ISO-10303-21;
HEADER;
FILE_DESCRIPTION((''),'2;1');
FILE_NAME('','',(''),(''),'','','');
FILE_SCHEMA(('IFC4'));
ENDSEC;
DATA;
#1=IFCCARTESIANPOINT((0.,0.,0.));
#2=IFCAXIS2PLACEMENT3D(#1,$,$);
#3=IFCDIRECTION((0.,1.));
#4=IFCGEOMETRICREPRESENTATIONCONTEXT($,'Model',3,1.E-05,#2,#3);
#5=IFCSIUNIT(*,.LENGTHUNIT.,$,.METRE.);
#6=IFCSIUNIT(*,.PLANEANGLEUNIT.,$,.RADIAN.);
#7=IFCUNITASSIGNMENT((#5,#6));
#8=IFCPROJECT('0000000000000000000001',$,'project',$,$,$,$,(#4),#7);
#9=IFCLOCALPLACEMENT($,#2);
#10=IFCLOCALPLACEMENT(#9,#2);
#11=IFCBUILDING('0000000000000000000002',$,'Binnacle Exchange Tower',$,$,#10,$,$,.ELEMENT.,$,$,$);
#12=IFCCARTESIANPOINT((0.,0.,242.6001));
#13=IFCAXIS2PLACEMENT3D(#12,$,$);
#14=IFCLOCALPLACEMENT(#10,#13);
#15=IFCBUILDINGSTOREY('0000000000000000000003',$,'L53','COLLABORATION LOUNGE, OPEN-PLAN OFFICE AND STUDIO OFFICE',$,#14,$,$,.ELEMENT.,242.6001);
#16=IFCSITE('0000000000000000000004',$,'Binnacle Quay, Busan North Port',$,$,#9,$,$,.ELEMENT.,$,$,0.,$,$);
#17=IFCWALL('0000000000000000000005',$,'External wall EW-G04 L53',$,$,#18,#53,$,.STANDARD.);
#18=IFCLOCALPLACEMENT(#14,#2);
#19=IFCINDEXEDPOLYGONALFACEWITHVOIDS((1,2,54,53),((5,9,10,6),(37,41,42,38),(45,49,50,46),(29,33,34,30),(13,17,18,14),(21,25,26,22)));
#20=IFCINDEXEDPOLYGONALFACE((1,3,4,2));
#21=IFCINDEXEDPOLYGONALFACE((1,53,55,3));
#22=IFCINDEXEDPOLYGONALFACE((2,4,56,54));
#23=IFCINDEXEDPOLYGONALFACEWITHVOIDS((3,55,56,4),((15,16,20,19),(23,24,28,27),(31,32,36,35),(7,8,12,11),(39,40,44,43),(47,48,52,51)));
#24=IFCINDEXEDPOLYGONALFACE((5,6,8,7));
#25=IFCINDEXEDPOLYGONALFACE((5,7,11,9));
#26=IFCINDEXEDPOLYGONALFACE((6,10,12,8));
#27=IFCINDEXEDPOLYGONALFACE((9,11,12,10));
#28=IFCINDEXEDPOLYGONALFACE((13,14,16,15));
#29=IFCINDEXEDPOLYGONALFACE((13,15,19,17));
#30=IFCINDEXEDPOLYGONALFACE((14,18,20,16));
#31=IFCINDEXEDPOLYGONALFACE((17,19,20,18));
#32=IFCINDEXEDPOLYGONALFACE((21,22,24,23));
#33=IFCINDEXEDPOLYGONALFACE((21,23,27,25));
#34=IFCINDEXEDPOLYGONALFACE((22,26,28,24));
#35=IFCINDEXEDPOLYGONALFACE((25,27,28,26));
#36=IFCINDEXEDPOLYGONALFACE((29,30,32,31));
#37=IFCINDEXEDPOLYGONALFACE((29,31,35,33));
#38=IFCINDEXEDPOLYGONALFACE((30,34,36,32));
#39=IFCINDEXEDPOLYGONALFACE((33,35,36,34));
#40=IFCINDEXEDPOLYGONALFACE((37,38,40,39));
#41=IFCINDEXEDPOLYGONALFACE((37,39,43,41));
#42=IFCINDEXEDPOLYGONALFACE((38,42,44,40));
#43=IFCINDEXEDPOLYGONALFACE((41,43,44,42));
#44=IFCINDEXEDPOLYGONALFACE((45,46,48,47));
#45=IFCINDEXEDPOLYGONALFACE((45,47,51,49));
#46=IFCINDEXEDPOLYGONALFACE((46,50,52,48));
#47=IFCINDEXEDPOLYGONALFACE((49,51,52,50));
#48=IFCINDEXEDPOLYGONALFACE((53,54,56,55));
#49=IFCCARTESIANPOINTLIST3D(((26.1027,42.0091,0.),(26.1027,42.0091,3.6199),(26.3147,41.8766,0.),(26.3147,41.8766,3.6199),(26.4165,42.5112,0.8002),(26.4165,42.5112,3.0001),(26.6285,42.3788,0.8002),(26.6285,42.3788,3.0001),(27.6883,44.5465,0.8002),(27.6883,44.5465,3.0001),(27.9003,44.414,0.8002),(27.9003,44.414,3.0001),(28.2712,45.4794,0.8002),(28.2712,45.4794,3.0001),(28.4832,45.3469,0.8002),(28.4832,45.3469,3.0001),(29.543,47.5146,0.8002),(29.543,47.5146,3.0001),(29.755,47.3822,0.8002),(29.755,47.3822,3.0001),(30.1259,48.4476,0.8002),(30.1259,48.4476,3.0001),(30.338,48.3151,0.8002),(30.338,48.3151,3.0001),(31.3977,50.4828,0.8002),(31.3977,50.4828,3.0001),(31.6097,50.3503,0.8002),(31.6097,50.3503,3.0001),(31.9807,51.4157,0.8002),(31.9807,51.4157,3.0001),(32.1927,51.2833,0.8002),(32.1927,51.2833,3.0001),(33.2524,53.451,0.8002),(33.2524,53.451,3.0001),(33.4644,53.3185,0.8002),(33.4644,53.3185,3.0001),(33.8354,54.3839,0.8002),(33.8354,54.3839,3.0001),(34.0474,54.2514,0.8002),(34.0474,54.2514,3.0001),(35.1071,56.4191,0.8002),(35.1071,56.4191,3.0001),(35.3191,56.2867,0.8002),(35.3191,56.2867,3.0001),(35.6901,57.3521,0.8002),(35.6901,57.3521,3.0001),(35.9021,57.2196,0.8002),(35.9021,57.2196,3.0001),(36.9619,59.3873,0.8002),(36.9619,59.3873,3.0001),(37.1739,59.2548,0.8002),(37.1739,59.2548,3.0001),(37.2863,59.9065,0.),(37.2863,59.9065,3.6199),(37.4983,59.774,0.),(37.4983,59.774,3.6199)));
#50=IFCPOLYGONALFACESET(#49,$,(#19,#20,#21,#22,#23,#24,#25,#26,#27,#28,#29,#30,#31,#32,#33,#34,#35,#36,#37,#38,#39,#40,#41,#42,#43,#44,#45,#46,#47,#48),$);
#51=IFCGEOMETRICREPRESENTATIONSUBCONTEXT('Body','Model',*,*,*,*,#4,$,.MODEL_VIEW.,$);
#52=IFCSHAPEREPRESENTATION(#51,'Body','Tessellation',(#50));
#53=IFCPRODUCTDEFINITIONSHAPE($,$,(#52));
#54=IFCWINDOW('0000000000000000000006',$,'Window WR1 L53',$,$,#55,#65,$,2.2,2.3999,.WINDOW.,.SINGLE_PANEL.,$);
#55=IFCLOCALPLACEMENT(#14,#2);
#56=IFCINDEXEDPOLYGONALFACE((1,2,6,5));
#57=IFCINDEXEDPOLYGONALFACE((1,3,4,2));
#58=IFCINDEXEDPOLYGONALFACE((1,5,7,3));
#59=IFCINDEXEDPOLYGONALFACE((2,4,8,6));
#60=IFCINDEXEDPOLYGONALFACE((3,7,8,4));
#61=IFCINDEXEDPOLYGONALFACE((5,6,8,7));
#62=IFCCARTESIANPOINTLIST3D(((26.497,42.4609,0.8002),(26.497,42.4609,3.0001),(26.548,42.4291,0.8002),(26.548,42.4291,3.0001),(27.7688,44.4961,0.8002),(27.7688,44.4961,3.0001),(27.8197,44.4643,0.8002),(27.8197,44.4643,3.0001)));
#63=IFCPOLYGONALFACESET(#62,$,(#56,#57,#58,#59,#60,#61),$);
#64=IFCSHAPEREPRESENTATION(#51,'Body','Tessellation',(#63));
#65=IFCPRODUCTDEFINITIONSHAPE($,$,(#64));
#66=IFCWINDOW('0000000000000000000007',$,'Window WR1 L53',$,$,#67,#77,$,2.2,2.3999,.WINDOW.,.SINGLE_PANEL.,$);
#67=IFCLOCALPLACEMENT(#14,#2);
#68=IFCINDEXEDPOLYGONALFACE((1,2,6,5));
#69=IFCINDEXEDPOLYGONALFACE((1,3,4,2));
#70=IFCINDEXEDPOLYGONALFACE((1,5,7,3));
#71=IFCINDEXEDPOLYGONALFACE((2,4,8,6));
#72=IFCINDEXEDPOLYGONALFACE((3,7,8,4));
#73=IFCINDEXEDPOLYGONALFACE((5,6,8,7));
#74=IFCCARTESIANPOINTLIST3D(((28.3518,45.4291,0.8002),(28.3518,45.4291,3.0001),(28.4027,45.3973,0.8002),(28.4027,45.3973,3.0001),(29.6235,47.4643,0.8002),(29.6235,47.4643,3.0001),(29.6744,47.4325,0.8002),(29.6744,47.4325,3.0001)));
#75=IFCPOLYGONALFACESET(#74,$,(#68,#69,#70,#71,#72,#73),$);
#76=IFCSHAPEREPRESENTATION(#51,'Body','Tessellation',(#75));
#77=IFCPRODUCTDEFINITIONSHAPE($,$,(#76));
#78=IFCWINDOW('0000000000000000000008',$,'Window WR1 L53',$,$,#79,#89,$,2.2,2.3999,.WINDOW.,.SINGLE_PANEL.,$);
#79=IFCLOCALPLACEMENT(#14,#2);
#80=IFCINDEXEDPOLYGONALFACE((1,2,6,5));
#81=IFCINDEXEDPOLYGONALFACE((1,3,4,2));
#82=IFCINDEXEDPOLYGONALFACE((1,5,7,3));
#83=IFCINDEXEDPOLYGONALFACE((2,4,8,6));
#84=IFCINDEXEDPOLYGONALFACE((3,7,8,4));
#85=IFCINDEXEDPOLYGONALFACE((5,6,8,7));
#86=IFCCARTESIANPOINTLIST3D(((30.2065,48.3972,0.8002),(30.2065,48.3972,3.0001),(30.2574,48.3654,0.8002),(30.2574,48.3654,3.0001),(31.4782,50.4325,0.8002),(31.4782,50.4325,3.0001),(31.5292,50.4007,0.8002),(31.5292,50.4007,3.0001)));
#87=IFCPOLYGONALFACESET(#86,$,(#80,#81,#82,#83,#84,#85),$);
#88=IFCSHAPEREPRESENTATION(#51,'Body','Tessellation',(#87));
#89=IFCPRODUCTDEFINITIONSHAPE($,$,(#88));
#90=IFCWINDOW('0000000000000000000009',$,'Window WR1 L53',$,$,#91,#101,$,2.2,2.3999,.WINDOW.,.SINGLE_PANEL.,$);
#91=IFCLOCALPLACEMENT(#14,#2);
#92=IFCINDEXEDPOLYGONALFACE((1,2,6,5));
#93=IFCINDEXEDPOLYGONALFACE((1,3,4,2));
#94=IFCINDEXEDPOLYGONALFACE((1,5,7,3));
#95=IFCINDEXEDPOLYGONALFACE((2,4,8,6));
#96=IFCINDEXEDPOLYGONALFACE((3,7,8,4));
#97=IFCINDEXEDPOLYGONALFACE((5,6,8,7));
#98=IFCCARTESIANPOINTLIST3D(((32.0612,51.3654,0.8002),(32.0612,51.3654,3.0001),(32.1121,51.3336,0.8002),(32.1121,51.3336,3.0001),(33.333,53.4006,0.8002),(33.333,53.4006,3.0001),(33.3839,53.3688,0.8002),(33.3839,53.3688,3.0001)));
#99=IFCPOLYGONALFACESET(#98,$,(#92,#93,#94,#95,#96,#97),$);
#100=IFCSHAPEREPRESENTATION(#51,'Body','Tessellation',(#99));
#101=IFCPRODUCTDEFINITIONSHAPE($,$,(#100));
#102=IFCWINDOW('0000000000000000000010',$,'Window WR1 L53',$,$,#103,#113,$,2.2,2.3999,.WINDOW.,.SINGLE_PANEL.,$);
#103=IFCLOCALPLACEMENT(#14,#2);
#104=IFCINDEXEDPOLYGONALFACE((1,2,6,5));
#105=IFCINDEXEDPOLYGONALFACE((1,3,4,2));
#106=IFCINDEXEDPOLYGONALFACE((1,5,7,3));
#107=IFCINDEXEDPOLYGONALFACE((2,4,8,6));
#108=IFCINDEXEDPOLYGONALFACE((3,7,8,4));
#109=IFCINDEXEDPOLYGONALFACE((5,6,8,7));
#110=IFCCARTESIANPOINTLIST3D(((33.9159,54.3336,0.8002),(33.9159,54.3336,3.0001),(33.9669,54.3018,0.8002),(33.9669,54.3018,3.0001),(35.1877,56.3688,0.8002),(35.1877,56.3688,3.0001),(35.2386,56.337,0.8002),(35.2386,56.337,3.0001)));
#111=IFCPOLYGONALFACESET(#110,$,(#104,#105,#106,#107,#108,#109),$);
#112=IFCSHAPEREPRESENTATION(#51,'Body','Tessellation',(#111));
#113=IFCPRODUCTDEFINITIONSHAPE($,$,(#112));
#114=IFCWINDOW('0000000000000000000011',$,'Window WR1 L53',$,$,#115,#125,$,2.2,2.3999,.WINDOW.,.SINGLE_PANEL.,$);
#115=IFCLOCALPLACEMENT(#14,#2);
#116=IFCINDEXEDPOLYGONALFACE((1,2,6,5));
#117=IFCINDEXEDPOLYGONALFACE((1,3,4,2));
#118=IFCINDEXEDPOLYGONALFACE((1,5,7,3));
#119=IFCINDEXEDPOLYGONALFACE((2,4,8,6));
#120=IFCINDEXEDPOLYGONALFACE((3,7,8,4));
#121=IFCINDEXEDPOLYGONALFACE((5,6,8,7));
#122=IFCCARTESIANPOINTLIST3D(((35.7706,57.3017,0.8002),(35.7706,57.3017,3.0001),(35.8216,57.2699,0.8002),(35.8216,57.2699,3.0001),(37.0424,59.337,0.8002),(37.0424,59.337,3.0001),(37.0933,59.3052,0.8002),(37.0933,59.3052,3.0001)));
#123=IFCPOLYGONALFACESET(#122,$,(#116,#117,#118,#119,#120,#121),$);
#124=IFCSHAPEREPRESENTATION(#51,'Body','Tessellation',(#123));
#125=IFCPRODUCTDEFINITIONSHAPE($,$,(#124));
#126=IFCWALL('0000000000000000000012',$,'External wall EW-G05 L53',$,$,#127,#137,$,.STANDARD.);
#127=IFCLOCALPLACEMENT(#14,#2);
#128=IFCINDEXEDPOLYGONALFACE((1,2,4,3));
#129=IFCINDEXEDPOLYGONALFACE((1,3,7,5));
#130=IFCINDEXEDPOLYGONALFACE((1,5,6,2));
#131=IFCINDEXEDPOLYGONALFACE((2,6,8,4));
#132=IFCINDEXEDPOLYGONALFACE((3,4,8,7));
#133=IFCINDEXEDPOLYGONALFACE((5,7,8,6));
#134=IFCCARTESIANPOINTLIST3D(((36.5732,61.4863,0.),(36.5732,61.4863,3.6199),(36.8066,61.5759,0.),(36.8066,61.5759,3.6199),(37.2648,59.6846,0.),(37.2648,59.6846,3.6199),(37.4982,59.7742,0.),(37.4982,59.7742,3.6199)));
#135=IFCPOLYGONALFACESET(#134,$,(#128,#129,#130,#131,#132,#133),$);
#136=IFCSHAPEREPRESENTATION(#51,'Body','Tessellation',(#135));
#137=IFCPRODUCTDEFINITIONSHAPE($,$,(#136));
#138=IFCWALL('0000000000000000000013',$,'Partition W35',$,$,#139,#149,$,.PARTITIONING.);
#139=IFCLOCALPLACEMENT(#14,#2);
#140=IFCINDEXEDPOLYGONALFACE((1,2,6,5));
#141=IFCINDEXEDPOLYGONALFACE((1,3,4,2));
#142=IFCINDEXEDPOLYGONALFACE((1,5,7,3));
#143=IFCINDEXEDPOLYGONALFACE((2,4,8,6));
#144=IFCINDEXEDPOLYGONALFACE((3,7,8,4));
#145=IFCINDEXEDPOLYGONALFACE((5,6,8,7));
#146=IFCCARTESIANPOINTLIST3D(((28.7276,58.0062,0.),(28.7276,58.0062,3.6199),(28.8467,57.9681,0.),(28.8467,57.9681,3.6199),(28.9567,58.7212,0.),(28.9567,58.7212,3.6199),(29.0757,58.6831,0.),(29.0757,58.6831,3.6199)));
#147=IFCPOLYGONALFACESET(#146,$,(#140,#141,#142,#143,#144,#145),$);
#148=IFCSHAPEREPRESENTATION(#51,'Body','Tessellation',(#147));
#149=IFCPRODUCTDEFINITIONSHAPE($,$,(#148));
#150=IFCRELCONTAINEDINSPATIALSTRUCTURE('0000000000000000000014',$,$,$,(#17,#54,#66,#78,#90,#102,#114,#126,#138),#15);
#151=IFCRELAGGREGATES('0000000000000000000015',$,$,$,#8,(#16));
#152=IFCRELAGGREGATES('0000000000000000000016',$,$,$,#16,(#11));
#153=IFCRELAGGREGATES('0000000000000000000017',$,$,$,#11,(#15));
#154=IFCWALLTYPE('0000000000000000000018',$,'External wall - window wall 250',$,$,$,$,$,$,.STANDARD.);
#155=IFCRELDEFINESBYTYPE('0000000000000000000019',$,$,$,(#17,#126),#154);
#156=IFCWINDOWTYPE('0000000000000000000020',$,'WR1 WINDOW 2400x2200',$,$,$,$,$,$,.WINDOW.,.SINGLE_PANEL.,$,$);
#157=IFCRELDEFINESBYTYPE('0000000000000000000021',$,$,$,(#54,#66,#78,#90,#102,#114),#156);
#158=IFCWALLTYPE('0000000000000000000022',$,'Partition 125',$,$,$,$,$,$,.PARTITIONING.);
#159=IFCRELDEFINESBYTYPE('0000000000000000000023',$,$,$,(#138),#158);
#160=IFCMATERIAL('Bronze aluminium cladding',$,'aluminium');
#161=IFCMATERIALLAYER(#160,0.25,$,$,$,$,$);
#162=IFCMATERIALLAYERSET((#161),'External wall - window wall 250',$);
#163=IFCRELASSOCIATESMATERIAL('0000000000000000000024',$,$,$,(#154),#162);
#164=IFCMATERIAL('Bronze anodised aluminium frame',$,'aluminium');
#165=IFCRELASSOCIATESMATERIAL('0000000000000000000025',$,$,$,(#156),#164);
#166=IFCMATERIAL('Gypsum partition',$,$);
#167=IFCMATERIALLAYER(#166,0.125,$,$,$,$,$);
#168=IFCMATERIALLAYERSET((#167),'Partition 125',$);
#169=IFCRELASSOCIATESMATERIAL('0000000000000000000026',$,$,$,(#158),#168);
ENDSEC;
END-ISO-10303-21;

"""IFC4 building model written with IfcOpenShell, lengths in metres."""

from ifc_helpers import new_model, si_unit, direction, frame, frame_2d, origin, place, context, subcontext, project, spatial, rectangle, extrude, material, layer, layer_set, type_object, element, fill, save


model = new_model("IFC4")

# Units and contexts
model_context = context("Model", 3, precision=1e-05, world=origin(), true_north=direction((0.0, 1.0)))
body_context = subcontext(model_context, "Body", "Model", "MODEL_VIEW")
ifc_project = project(units=[si_unit("LENGTHUNIT", "METRE"), si_unit("PLANEANGLEUNIT", "RADIAN")], contexts=[model_context])

# Site, building, storey
site_placement = place(None, origin())
site = spatial("IfcSite", under=ifc_project, at=site_placement, Name="Binnacle Quay, Busan North Port", CompositionType="ELEMENT", RefElevation=0.0)
building_placement = place(site_placement, origin())
building = spatial("IfcBuilding", under=site, at=building_placement, Name="Binnacle Exchange Tower", CompositionType="ELEMENT")
storey_placement = place(building_placement, frame((0.0, 0.0, 242.6001)))
storey = spatial("IfcBuildingStorey", under=building, at=storey_placement, Name="L53", Description="COLLABORATION LOUNGE, OPEN-PLAN OFFICE AND STUDIO OFFICE", CompositionType="ELEMENT", Elevation=242.6001)

# Wall, openings, windows
ifc_material_1 = material(Name="Bronze aluminium cladding", Category="aluminium")
ifc_layer_1 = layer(ifc_material_1, 0.25)
ifc_layer_set_1 = layer_set([ifc_layer_1], Name="External wall - window wall 250")
wall_type_1 = type_object("IfcWallType", Name="External wall - window wall 250", PredefinedType="STANDARD", material=ifc_layer_set_1)
wall_1_placement = place(storey_placement, frame((37.3923, 59.8403, 0.0), z_axis=(0.0, 0.0, 1.0), x_axis=(-0.52992, -0.848048, 0.0)))
wall_1 = element("IfcWall", 1, at=wall_1_placement, inside=storey, type_object=wall_type_1, Name="External wall EW-G04 L53", PredefinedType="STANDARD", context=body_context, shape_type="SweptSolid", body=[
    extrude(rectangle(XDim=21.1042, YDim=0.25, at=frame_2d((10.5522, 0.0))), origin(), (0.0, 0.0, 1.0), 3.6199),
])
opening_1_placement = place(wall_1_placement, frame((18.1123, 0.0, 0.8)))
opening_1 = element("IfcOpeningElement", 2, at=opening_1_placement, cuts=wall_1, PredefinedType="OPENING", context=body_context, shape_type="SweptSolid", body=[
    extrude(rectangle(XDim=2.3999, YDim=2.2, at=frame_2d((1.2, 1.1001))), frame((0.0, 0.135, 0.0), z_axis=(0.0, -1.0, 0.0), x_axis=(1.0, 0.0, 0.0)), (0.0, 0.0, 1.0), 0.27),
])
opening_2_placement = place(wall_1_placement, frame((14.6123, 0.0, 0.8)))
opening_2 = element("IfcOpeningElement", 3, at=opening_2_placement, cuts=wall_1, PredefinedType="OPENING", context=body_context, shape_type="SweptSolid", body=[
    extrude(rectangle(XDim=2.3999, YDim=2.2, at=frame_2d((1.2, 1.1001))), frame((0.0, 0.135, 0.0), z_axis=(0.0, -1.0, 0.0), x_axis=(1.0, 0.0, 0.0)), (0.0, 0.0, 1.0), 0.27),
])
opening_3_placement = place(wall_1_placement, frame((11.1123, 0.0, 0.8)))
opening_3 = element("IfcOpeningElement", 4, at=opening_3_placement, cuts=wall_1, PredefinedType="OPENING", context=body_context, shape_type="SweptSolid", body=[
    extrude(rectangle(XDim=2.3999, YDim=2.2, at=frame_2d((1.2, 1.1001))), frame((0.0, 0.135, 0.0), z_axis=(0.0, -1.0, 0.0), x_axis=(1.0, 0.0, 0.0)), (0.0, 0.0, 1.0), 0.27),
])
opening_4_placement = place(wall_1_placement, frame((7.6123, 0.0, 0.8)))
opening_4 = element("IfcOpeningElement", 5, at=opening_4_placement, cuts=wall_1, PredefinedType="OPENING", context=body_context, shape_type="SweptSolid", body=[
    extrude(rectangle(XDim=2.3999, YDim=2.2, at=frame_2d((1.2, 1.1001))), frame((0.0, 0.135, 0.0), z_axis=(0.0, -1.0, 0.0), x_axis=(1.0, 0.0, 0.0)), (0.0, 0.0, 1.0), 0.27),
])
opening_5_placement = place(wall_1_placement, frame((4.1123, 0.0, 0.8)))
opening_5 = element("IfcOpeningElement", 6, at=opening_5_placement, cuts=wall_1, PredefinedType="OPENING", context=body_context, shape_type="SweptSolid", body=[
    extrude(rectangle(XDim=2.3999, YDim=2.2, at=frame_2d((1.2, 1.1001))), frame((0.0, 0.135, 0.0), z_axis=(0.0, -1.0, 0.0), x_axis=(1.0, 0.0, 0.0)), (0.0, 0.0, 1.0), 0.27),
])
opening_6_placement = place(wall_1_placement, frame((0.6123, 0.0, 0.8)))
opening_6 = element("IfcOpeningElement", 7, at=opening_6_placement, cuts=wall_1, PredefinedType="OPENING", context=body_context, shape_type="SweptSolid", body=[
    extrude(rectangle(XDim=2.3999, YDim=2.2, at=frame_2d((1.2, 1.1001))), frame((0.0, 0.135, 0.0), z_axis=(0.0, -1.0, 0.0), x_axis=(1.0, 0.0, 0.0)), (0.0, 0.0, 1.0), 0.27),
])
ifc_material_2 = material(Name="Bronze anodised aluminium frame", Category="aluminium")
window_type = type_object("IfcWindowType", Name="WR1 WINDOW 2400x2200", PartitioningType="SINGLE_PANEL", PredefinedType="WINDOW", material=ifc_material_2)
window_1_placement = place(opening_1_placement, origin())
window_1 = element("IfcWindow", 8, at=window_1_placement, inside=storey, type_object=window_type, Name="Window WR1 L53", OverallHeight=2.2, OverallWidth=2.3999, PartitioningType="SINGLE_PANEL", PredefinedType="WINDOW", context=body_context, shape_type="SweptSolid", body=[
    extrude(rectangle(XDim=2.3999, YDim=2.2, at=frame_2d((1.2, 1.1001))), frame((0.0, 0.03, 0.0), z_axis=(0.0, -1.0, 0.0), x_axis=(1.0, 0.0, 0.0)), (0.0, 0.0, 1.0), 0.0601),
])
fill(opening_1, window_1)
window_2_placement = place(opening_2_placement, origin())
window_2 = element("IfcWindow", 9, at=window_2_placement, inside=storey, type_object=window_type, Name="Window WR1 L53", OverallHeight=2.2, OverallWidth=2.3999, PartitioningType="SINGLE_PANEL", PredefinedType="WINDOW", context=body_context, shape_type="SweptSolid", body=[
    extrude(rectangle(XDim=2.3999, YDim=2.2, at=frame_2d((1.2, 1.1001))), frame((0.0, 0.03, 0.0), z_axis=(0.0, -1.0, 0.0), x_axis=(1.0, 0.0, 0.0)), (0.0, 0.0, 1.0), 0.0601),
])
fill(opening_2, window_2)
window_3_placement = place(opening_3_placement, origin())
window_3 = element("IfcWindow", 10, at=window_3_placement, inside=storey, type_object=window_type, Name="Window WR1 L53", OverallHeight=2.2, OverallWidth=2.3999, PartitioningType="SINGLE_PANEL", PredefinedType="WINDOW", context=body_context, shape_type="SweptSolid", body=[
    extrude(rectangle(XDim=2.3999, YDim=2.2, at=frame_2d((1.2, 1.1001))), frame((0.0, 0.03, 0.0), z_axis=(0.0, -1.0, 0.0), x_axis=(1.0, 0.0, 0.0)), (0.0, 0.0, 1.0), 0.0601),
])
fill(opening_3, window_3)
window_4_placement = place(opening_4_placement, origin())
window_4 = element("IfcWindow", 11, at=window_4_placement, inside=storey, type_object=window_type, Name="Window WR1 L53", OverallHeight=2.2, OverallWidth=2.3999, PartitioningType="SINGLE_PANEL", PredefinedType="WINDOW", context=body_context, shape_type="SweptSolid", body=[
    extrude(rectangle(XDim=2.3999, YDim=2.2, at=frame_2d((1.2, 1.1001))), frame((0.0, 0.03, 0.0), z_axis=(0.0, -1.0, 0.0), x_axis=(1.0, 0.0, 0.0)), (0.0, 0.0, 1.0), 0.0601),
])
fill(opening_4, window_4)
window_5_placement = place(opening_5_placement, origin())
window_5 = element("IfcWindow", 12, at=window_5_placement, inside=storey, type_object=window_type, Name="Window WR1 L53", OverallHeight=2.2, OverallWidth=2.3999, PartitioningType="SINGLE_PANEL", PredefinedType="WINDOW", context=body_context, shape_type="SweptSolid", body=[
    extrude(rectangle(XDim=2.3999, YDim=2.2, at=frame_2d((1.2, 1.1001))), frame((0.0, 0.03, 0.0), z_axis=(0.0, -1.0, 0.0), x_axis=(1.0, 0.0, 0.0)), (0.0, 0.0, 1.0), 0.0601),
])
fill(opening_5, window_5)
window_6_placement = place(opening_6_placement, origin())
window_6 = element("IfcWindow", 13, at=window_6_placement, inside=storey, type_object=window_type, Name="Window WR1 L53", OverallHeight=2.2, OverallWidth=2.3999, PartitioningType="SINGLE_PANEL", PredefinedType="WINDOW", context=body_context, shape_type="SweptSolid", body=[
    extrude(rectangle(XDim=2.3999, YDim=2.2, at=frame_2d((1.2, 1.1001))), frame((0.0, 0.03, 0.0), z_axis=(0.0, -1.0, 0.0), x_axis=(1.0, 0.0, 0.0)), (0.0, 0.0, 1.0), 0.0601),
])
fill(opening_6, window_6)

# Walls
wall_2_placement = place(storey_placement, frame((36.6899, 61.531, 0.0), z_axis=(0.0, 0.0, 1.0), x_axis=(0.358377, -0.933577, 0.0)))
element("IfcWall", 14, at=wall_2_placement, inside=storey, type_object=wall_type_1, Name="External wall EW-G05 L53", PredefinedType="STANDARD", context=body_context, shape_type="SweptSolid", body=[
    extrude(rectangle(XDim=1.9299, YDim=0.25, at=frame_2d((0.9648, 0.0))), origin(), (0.0, 0.0, 1.0), 3.6199),
])
ifc_material_3 = material(Name="Gypsum partition")
ifc_layer_2 = layer(ifc_material_3, 0.125)
ifc_layer_set_2 = layer_set([ifc_layer_2], Name="Partition 125")
wall_type_2 = type_object("IfcWallType", Name="Partition 125", PredefinedType="PARTITIONING", material=ifc_layer_set_2)
wall_3_placement = place(storey_placement, frame((28.7871, 57.9871, 0.0), z_axis=(0.0, 0.0, 1.0), x_axis=(0.305083, 0.952326, 0.0)))
element("IfcWall", 15, at=wall_3_placement, inside=storey, type_object=wall_type_2, Name="Partition W35", PredefinedType="PARTITIONING", context=body_context, shape_type="SweptSolid", body=[
    extrude(rectangle(XDim=0.7507, YDim=0.125, at=frame_2d((0.3755, 0.0))), origin(), (0.0, 0.0, 1.0), 3.6199),
])

save(model, "model.ifc")
